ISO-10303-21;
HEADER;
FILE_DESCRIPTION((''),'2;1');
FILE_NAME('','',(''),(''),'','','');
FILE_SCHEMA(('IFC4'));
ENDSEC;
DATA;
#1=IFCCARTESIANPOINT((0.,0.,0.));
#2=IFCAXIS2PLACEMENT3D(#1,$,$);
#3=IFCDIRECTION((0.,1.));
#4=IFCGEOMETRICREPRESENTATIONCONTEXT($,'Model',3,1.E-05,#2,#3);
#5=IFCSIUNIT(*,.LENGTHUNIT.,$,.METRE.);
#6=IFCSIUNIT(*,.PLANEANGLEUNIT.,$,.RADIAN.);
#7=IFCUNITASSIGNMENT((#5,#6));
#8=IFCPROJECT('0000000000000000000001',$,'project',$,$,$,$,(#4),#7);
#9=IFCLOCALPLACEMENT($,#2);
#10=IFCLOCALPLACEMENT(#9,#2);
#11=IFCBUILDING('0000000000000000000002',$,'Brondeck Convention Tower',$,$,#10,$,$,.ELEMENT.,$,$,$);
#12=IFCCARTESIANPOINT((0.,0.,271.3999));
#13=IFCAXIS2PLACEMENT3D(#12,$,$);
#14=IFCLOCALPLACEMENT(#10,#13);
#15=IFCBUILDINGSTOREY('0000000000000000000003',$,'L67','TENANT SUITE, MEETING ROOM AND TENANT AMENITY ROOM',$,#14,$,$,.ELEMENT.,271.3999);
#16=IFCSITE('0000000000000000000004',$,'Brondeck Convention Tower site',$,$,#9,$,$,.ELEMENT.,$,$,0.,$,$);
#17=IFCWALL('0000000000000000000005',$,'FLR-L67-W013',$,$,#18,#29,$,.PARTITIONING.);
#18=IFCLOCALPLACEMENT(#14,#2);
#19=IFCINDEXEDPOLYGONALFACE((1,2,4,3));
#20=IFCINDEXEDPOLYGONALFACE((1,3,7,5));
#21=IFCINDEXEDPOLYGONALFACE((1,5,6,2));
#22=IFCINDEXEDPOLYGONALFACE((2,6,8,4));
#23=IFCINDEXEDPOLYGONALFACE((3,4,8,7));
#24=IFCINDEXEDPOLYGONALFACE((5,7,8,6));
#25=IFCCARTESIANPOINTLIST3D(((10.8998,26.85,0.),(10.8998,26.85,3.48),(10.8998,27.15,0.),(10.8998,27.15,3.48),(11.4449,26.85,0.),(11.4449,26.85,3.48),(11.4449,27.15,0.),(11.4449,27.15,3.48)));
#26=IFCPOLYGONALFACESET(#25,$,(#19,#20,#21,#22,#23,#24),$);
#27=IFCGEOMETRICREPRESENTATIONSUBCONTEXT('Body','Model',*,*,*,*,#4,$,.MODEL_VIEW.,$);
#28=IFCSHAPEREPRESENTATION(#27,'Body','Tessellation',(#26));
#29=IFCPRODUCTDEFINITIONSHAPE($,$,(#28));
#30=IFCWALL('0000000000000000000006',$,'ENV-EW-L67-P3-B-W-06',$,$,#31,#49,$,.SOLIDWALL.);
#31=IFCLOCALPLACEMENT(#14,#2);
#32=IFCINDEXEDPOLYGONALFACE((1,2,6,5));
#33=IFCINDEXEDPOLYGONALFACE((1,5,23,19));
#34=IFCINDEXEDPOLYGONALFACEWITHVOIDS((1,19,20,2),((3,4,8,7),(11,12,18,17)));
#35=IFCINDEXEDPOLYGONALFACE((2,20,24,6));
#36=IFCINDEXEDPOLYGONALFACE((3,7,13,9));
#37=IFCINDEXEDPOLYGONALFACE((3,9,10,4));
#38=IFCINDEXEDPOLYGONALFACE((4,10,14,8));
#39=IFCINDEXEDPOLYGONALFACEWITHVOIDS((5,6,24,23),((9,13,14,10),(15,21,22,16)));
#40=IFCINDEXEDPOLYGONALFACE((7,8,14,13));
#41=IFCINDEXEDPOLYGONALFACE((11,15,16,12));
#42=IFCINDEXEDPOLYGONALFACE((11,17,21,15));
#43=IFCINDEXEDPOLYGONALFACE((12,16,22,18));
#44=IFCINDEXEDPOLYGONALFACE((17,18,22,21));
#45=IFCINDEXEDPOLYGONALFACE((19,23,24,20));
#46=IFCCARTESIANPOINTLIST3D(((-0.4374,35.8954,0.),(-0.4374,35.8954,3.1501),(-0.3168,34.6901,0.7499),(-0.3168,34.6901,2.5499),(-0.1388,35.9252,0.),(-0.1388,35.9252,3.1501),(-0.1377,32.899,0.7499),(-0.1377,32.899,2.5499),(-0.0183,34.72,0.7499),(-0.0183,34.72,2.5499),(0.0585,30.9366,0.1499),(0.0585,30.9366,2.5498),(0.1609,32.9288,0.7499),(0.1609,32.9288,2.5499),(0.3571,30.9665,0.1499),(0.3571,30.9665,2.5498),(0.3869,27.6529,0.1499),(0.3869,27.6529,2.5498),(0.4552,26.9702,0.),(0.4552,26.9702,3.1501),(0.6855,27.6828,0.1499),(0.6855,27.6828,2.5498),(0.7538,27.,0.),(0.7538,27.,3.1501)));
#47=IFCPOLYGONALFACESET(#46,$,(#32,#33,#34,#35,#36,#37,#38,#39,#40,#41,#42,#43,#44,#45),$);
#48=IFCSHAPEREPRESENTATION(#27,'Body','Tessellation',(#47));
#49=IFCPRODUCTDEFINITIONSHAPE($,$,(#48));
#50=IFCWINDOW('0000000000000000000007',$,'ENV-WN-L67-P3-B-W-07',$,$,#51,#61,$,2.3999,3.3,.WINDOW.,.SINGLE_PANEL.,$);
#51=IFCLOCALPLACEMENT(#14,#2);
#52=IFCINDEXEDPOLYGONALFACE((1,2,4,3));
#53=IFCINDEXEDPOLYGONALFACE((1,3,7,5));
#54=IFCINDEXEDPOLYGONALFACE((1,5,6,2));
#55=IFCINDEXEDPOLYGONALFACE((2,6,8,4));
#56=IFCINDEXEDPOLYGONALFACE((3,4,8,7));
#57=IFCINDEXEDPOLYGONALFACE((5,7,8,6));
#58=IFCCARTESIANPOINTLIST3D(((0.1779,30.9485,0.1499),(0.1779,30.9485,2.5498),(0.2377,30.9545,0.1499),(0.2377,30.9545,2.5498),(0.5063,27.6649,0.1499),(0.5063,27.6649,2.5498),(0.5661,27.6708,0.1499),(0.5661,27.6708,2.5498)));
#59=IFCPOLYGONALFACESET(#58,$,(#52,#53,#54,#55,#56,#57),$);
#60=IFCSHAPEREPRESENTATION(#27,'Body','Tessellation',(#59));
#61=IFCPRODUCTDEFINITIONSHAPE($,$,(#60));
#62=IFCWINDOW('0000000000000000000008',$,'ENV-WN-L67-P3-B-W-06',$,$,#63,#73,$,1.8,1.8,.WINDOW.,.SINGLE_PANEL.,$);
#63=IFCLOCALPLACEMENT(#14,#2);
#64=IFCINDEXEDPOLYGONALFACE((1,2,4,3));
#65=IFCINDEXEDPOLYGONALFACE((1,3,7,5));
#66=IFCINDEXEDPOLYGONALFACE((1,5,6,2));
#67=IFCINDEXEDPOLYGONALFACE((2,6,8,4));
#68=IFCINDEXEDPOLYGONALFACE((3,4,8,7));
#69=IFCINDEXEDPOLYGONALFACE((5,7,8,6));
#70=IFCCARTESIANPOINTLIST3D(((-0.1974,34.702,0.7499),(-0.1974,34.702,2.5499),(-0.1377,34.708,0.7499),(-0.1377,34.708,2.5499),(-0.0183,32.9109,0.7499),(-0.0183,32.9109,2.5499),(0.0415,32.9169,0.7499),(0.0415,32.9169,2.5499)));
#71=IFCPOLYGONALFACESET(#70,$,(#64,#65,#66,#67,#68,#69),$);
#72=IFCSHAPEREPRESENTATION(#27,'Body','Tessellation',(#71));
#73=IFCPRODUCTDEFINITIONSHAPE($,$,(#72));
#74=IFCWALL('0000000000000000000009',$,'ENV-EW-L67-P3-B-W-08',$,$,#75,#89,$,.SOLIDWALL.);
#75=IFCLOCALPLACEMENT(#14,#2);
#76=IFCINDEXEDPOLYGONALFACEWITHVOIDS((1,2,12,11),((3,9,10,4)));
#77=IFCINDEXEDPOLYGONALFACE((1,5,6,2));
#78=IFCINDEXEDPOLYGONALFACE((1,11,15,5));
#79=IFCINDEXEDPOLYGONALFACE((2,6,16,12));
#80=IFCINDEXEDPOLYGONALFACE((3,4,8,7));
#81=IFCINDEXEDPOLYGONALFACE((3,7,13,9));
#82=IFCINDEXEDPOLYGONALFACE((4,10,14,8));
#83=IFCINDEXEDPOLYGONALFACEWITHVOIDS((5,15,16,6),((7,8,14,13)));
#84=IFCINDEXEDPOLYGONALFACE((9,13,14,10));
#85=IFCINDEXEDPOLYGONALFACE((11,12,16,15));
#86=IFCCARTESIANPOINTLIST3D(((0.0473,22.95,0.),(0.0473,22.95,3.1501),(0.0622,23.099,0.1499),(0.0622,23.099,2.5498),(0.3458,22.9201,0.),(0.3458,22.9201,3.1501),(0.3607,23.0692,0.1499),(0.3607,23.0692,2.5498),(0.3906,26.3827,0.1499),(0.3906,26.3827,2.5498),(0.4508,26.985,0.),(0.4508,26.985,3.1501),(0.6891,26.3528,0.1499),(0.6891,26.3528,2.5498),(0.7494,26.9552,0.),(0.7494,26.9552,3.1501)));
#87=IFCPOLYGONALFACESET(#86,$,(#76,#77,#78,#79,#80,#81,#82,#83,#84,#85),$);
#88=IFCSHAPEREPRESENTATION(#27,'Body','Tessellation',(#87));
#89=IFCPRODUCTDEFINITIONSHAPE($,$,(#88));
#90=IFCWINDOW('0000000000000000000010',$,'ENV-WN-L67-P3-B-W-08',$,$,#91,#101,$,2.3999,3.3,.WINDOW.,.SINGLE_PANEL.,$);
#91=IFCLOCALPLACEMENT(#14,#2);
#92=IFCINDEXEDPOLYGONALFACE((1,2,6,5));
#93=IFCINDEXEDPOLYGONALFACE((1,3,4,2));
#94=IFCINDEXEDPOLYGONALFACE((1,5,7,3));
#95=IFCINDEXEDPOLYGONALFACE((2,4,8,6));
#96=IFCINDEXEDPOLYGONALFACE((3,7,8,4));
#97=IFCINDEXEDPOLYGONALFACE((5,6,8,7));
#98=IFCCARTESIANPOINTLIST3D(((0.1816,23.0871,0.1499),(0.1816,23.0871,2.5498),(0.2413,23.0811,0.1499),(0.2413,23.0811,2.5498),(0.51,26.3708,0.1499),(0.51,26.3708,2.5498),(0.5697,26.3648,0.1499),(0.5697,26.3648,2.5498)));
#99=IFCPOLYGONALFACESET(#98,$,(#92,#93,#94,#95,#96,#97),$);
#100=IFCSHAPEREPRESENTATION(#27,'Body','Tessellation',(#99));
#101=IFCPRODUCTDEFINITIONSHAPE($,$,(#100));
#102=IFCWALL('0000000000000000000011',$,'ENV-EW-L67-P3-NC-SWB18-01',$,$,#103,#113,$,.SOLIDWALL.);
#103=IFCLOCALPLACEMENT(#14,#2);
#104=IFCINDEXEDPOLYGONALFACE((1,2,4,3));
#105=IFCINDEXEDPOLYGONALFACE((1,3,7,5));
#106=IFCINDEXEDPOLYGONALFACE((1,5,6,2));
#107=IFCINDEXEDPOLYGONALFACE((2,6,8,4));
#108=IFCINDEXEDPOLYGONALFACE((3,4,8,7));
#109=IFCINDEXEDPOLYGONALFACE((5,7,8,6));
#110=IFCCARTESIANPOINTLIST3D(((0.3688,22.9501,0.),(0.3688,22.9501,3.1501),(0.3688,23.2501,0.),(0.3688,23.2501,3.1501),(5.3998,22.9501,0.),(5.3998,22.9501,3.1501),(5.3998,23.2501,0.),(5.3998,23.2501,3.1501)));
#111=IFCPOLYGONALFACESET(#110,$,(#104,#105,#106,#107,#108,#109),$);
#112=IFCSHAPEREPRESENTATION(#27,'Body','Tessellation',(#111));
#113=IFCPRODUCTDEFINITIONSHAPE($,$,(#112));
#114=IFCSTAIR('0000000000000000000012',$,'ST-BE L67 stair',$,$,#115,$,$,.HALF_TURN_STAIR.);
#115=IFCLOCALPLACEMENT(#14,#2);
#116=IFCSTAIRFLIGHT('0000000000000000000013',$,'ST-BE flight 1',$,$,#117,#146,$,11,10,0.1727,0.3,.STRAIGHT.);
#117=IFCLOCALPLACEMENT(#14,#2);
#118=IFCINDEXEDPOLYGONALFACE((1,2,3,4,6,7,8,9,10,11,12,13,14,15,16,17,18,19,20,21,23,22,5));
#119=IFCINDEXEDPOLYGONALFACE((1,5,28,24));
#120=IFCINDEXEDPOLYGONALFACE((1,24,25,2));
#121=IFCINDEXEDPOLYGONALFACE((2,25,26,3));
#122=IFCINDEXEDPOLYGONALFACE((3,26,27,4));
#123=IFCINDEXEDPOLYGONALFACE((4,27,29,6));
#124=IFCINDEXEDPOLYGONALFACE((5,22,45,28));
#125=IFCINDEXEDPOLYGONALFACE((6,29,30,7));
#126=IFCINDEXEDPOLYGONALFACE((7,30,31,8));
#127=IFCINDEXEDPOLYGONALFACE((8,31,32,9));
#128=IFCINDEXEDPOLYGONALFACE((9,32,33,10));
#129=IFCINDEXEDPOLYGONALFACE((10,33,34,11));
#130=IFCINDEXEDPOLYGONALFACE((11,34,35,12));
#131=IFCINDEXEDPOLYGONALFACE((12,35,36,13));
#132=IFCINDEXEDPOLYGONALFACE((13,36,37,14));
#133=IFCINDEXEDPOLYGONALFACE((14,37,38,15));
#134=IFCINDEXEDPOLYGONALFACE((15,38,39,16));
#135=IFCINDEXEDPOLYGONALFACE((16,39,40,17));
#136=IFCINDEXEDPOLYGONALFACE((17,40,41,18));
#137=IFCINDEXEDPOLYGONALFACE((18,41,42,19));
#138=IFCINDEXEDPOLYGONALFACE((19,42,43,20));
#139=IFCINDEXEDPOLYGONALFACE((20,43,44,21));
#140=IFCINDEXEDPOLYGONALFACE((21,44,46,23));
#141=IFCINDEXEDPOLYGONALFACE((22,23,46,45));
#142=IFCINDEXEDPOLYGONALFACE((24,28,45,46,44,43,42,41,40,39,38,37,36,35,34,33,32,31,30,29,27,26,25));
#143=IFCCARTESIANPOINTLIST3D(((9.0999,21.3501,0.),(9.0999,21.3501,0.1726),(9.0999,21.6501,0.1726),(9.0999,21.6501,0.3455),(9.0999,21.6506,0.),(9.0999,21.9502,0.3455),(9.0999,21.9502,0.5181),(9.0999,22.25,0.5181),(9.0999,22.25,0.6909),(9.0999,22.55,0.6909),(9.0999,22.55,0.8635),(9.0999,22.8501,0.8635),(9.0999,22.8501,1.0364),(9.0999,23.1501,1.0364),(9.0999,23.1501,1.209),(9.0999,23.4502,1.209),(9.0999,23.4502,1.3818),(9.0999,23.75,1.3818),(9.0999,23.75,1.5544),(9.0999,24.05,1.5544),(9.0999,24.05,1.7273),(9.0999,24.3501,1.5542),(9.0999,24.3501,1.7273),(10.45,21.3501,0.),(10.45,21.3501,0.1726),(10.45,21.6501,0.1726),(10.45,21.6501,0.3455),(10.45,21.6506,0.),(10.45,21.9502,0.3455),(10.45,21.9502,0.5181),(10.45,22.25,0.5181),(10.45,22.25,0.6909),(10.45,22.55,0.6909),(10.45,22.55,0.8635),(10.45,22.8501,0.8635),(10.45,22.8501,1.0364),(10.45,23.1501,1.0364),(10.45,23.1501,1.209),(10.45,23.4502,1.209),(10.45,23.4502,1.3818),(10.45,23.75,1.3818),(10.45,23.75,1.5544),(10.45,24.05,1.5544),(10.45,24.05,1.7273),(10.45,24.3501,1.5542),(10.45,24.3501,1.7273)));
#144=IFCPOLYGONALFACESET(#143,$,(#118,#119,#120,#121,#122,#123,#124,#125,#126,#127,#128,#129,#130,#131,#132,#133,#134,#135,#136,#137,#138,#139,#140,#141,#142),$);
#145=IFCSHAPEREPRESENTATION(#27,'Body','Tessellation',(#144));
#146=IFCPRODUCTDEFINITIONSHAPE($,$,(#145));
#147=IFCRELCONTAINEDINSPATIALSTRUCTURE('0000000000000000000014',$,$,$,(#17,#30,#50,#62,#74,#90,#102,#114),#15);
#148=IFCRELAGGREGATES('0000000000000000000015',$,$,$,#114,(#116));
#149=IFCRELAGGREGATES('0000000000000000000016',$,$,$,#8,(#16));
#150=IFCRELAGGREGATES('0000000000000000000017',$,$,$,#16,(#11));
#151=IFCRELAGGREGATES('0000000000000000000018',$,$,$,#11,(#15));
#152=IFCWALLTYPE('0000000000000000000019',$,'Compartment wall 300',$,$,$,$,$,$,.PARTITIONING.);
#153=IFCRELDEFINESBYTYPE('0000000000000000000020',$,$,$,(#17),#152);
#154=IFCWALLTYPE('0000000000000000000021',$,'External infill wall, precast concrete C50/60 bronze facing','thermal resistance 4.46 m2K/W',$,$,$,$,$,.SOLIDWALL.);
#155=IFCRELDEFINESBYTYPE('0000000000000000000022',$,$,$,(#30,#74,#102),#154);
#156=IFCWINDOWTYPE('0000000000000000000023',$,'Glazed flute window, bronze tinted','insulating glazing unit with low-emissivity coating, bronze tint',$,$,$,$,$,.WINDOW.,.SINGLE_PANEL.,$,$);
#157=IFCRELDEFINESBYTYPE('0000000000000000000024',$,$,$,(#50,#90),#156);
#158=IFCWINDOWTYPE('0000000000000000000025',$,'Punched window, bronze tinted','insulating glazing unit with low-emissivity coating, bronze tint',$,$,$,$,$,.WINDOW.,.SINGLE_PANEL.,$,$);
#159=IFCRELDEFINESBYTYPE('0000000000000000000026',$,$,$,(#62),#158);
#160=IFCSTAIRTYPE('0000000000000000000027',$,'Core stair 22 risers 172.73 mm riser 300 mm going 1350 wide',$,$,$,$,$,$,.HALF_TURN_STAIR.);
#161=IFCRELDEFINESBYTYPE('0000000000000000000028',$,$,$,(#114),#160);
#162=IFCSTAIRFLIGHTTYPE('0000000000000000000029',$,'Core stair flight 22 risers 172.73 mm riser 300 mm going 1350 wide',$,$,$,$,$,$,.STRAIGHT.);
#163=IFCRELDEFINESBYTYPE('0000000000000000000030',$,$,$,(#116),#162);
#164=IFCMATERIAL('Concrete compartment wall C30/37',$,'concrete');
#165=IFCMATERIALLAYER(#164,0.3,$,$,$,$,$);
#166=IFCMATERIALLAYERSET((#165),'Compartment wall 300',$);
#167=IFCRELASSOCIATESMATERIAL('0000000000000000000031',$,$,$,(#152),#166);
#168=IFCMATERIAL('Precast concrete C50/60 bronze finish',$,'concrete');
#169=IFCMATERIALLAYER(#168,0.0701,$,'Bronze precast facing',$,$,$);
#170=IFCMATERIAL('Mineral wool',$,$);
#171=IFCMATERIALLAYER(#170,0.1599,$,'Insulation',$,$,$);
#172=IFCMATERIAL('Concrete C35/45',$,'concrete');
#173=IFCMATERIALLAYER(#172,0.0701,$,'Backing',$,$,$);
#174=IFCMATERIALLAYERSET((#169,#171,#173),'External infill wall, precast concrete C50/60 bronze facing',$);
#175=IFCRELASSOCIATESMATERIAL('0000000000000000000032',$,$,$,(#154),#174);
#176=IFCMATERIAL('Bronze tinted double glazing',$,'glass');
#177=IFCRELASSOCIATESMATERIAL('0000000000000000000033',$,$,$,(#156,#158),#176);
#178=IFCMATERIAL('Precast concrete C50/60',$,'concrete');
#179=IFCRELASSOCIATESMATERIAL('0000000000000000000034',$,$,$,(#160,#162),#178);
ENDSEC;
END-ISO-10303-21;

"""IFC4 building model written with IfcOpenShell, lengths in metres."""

from ifc_helpers import new_model, si_unit, direction, frame, frame_2d, origin, place, context, subcontext, project, spatial, polyline, rectangle, outline, extrude, material, layer, layer_set, type_object, element, fill, aggregate, save


model = new_model("IFC4")

# Units and contexts
model_context = context("Model", 3, precision=1e-05, world=origin(), true_north=direction((0.0, 1.0)))
body_context = subcontext(model_context, "Body", "Model", "MODEL_VIEW")
ifc_project = project(units=[si_unit("LENGTHUNIT", "METRE"), si_unit("PLANEANGLEUNIT", "RADIAN")], contexts=[model_context])

# Site, building, storey
site_placement = place(None, origin())
site = spatial("IfcSite", under=ifc_project, at=site_placement, Name="Brondeck Convention Tower site", CompositionType="ELEMENT", RefElevation=0.0)
building_placement = place(site_placement, origin())
building = spatial("IfcBuilding", under=site, at=building_placement, Name="Brondeck Convention Tower", CompositionType="ELEMENT")
storey_placement = place(building_placement, frame((0.0, 0.0, 271.3999)))
storey = spatial("IfcBuildingStorey", under=building, at=storey_placement, Name="L67", Description="TENANT SUITE, MEETING ROOM AND TENANT AMENITY ROOM", CompositionType="ELEMENT", Elevation=271.3999)

# Wall
ifc_material_1 = material(Name="Concrete compartment wall C30/37", Category="concrete")
ifc_layer_1 = layer(ifc_material_1, 0.3)
ifc_layer_set_1 = layer_set([ifc_layer_1], Name="Compartment wall 300")
wall_type_1 = type_object("IfcWallType", Name="Compartment wall 300", PredefinedType="PARTITIONING", material=ifc_layer_set_1)
wall_1_placement = place(storey_placement, frame((10.8999, 27.0, 0.0), z_axis=(0.0, 0.0, 1.0), x_axis=(1.0, 0.0, 0.0)))
element("IfcWall", 1, at=wall_1_placement, inside=storey, type_object=wall_type_1, Name="FLR-L67-W013", PredefinedType="PARTITIONING", context=body_context, shape_type="SweptSolid", body=[
    extrude(rectangle(XDim=0.5452, YDim=0.3, at=frame_2d((0.2725, 0.0))), origin(), (0.0, 0.0, 1.0), 3.48),
])

# Wall, openings, windows
ifc_material_2 = material(Name="Precast concrete C50/60 bronze finish", Category="concrete")
ifc_layer_2 = layer(ifc_material_2, 0.0701, Name="Bronze precast facing")
ifc_material_3 = material(Name="Mineral wool")
ifc_layer_3 = layer(ifc_material_3, 0.1599, Name="Insulation")
ifc_material_4 = material(Name="Concrete C35/45", Category="concrete")
ifc_layer_4 = layer(ifc_material_4, 0.0701, Name="Backing")
ifc_layer_set_2 = layer_set([ifc_layer_2, ifc_layer_3, ifc_layer_4], Name="External infill wall, precast concrete C50/60 bronze facing")
wall_type_2 = type_object("IfcWallType", Name="External infill wall, precast concrete C50/60 bronze facing", Description="thermal resistance 4.46 m2K/W", PredefinedType="SOLIDWALL", material=ifc_layer_set_2)
wall_2_placement = place(storey_placement, frame((0.6045, 26.9851, 0.0), z_axis=(0.0, 0.0, 1.0), x_axis=(-0.099509, 0.995037, 0.0)))
wall_2 = element("IfcWall", 2, at=wall_2_placement, inside=storey, type_object=wall_type_2, Name="ENV-EW-L67-P3-B-W-06", PredefinedType="SOLIDWALL", context=body_context, shape_type="SweptSolid", body=[
    extrude(rectangle(XDim=8.9697, YDim=0.3, at=frame_2d((4.4849, 0.0))), origin(), (0.0, 0.0, 1.0), 3.1501),
])
opening_1_placement = place(wall_2_placement, frame((0.6863, 0.0, 0.1499)))
opening_1 = element("IfcOpeningElement", 3, at=opening_1_placement, cuts=wall_2, PredefinedType="OPENING", context=body_context, shape_type="SweptSolid", body=[
    extrude(rectangle(XDim=3.3, YDim=2.3999, at=frame_2d((1.6499, 1.2))), frame((0.0, 0.1599, 0.0), z_axis=(0.0, -1.0, 0.0), x_axis=(1.0, 0.0, 0.0)), (0.0, 0.0, 1.0), 0.3201),
])
opening_2_placement = place(wall_2_placement, frame((5.9585, 0.0, 0.75)))
opening_2 = element("IfcOpeningElement", 4, at=opening_2_placement, cuts=wall_2, PredefinedType="OPENING", context=body_context, shape_type="SweptSolid", body=[
    extrude(rectangle(XDim=1.8, YDim=1.8, at=frame_2d((0.8999, 0.8999))), frame((0.0, 0.1599, 0.0), z_axis=(0.0, -1.0, 0.0), x_axis=(1.0, 0.0, 0.0)), (0.0, 0.0, 1.0), 0.3201),
])
ifc_material_5 = material(Name="Bronze tinted double glazing", Category="glass")
window_type_1 = type_object("IfcWindowType", Name="Glazed flute window, bronze tinted", Description="insulating glazing unit with low-emissivity coating, bronze tint", PartitioningType="SINGLE_PANEL", PredefinedType="WINDOW", material=ifc_material_5)
window_1_placement = place(opening_1_placement, origin())
window_1 = element("IfcWindow", 5, at=window_1_placement, inside=storey, type_object=window_type_1, Name="ENV-WN-L67-P3-B-W-07", OverallHeight=2.3999, OverallWidth=3.3, PartitioningType="SINGLE_PANEL", PredefinedType="WINDOW", context=body_context, shape_type="SweptSolid", body=[
    extrude(rectangle(XDim=3.3, YDim=2.3999, at=frame_2d((1.6499, 1.2))), frame((0.0, 0.03, 0.0), z_axis=(0.0, -1.0, 0.0), x_axis=(1.0, 0.0, 0.0)), (0.0, 0.0, 1.0), 0.0601),
])
fill(opening_1, window_1)
window_type_2 = type_object("IfcWindowType", Name="Punched window, bronze tinted", Description="insulating glazing unit with low-emissivity coating, bronze tint", PartitioningType="SINGLE_PANEL", PredefinedType="WINDOW", material=ifc_material_5)
window_2_placement = place(opening_2_placement, origin())
window_2 = element("IfcWindow", 6, at=window_2_placement, inside=storey, type_object=window_type_2, Name="ENV-WN-L67-P3-B-W-06", OverallHeight=1.8, OverallWidth=1.8, PartitioningType="SINGLE_PANEL", PredefinedType="WINDOW", context=body_context, shape_type="SweptSolid", body=[
    extrude(rectangle(XDim=1.8, YDim=1.8, at=frame_2d((0.8999, 0.8999))), frame((0.0, 0.03, 0.0), z_axis=(0.0, -1.0, 0.0), x_axis=(1.0, 0.0, 0.0)), (0.0, 0.0, 1.0), 0.0601),
])
fill(opening_2, window_2)

# Wall, opening, window
wall_3_placement = place(storey_placement, frame((0.1965, 22.9351, 0.0), z_axis=(0.0, 0.0, 1.0), x_axis=(0.099516, 0.995036, 0.0)))
wall_3 = element("IfcWall", 7, at=wall_3_placement, inside=storey, type_object=wall_type_2, Name="ENV-EW-L67-P3-B-W-08", PredefinedType="SOLIDWALL", context=body_context, shape_type="SweptSolid", body=[
    extrude(rectangle(XDim=4.0552, YDim=0.3, at=frame_2d((2.0276, 0.0))), origin(), (0.0, 0.0, 1.0), 3.1501),
])
opening_3_placement = place(wall_3_placement, frame((0.1499, 0.0, 0.1499)))
opening_3 = element("IfcOpeningElement", 8, at=opening_3_placement, cuts=wall_3, PredefinedType="OPENING", context=body_context, shape_type="SweptSolid", body=[
    extrude(rectangle(XDim=3.3, YDim=2.3999, at=frame_2d((1.6499, 1.2))), frame((0.0, 0.1599, 0.0), z_axis=(0.0, -1.0, 0.0), x_axis=(1.0, 0.0, 0.0)), (0.0, 0.0, 1.0), 0.3201),
])
window_3_placement = place(opening_3_placement, origin())
window_3 = element("IfcWindow", 9, at=window_3_placement, inside=storey, type_object=window_type_1, Name="ENV-WN-L67-P3-B-W-08", OverallHeight=2.3999, OverallWidth=3.3, PartitioningType="SINGLE_PANEL", PredefinedType="WINDOW", context=body_context, shape_type="SweptSolid", body=[
    extrude(rectangle(XDim=3.3, YDim=2.3999, at=frame_2d((1.6499, 1.2))), frame((0.0, 0.03, 0.0), z_axis=(0.0, -1.0, 0.0), x_axis=(1.0, 0.0, 0.0)), (0.0, 0.0, 1.0), 0.0601),
])
fill(opening_3, window_3)

# Wall
wall_4_placement = place(storey_placement, frame((5.3999, 23.1001, 0.0), z_axis=(0.0, 0.0, 1.0), x_axis=(-1.0, 0.0, 0.0)))
element("IfcWall", 10, at=wall_4_placement, inside=storey, type_object=wall_type_2, Name="ENV-EW-L67-P3-NC-SWB18-01", PredefinedType="SOLIDWALL", context=body_context, shape_type="SweptSolid", body=[
    extrude(rectangle(XDim=5.031, YDim=0.3, at=frame_2d((2.5156, 0.0))), origin(), (0.0, 0.0, 1.0), 3.1501),
])

# Stair, stair flight
ifc_material_6 = material(Name="Precast concrete C50/60", Category="concrete")
stair_type = type_object("IfcStairType", Name="Core stair 22 risers 172.73 mm riser 300 mm going 1350 wide", PredefinedType="HALF_TURN_STAIR", material=ifc_material_6)
stair_placement = place(storey_placement, origin())
stair = element("IfcStair", 11, at=stair_placement, inside=storey, type_object=stair_type, Name="ST-BE L67 stair", PredefinedType="HALF_TURN_STAIR")
stair_flight_type = type_object("IfcStairFlightType", Name="Core stair flight 22 risers 172.73 mm riser 300 mm going 1350 wide", PredefinedType="STRAIGHT", material=ifc_material_6)
stair_flight_1_placement = place(storey_placement, frame((9.7749, 21.3501, 0.0), z_axis=(0.0, 0.0, 1.0), x_axis=(0.0, 1.0, 0.0)))
stair_flight_1 = element("IfcStairFlight", 12, at=stair_flight_1_placement, type_object=stair_flight_type, Name="ST-BE flight 1", NumberOfRisers=11, NumberOfTreads=10, PredefinedType="STRAIGHT", RiserHeight=0.1727, TreadLength=0.3, context=body_context, shape_type="SweptSolid", body=[
    extrude(outline(polyline([(0.0, 0.0), (0.0, 0.1726), (0.3, 0.1726), (0.3, 0.3455), (0.6001, 0.3455), (0.6001, 0.5181), (0.8999, 0.5181), (0.8999, 0.6909), (1.2, 0.6909), (1.2, 0.8635), (1.5, 0.8635), (1.5, 1.0364), (1.8, 1.0364), (1.8, 1.209), (2.1001, 1.209), (2.1001, 1.3818), (2.3999, 1.3818), (2.3999, 1.5544), (2.7, 1.5544), (2.7, 1.7273), (3.0, 1.7273), (3.0, 1.8999), (3.0, 1.5542), (0.3005, 0.0), (0.0, 0.0)])), frame((0.0, 0.675, 0.0), z_axis=(0.0, -1.0, 0.0), x_axis=(1.0, 0.0, 0.0)), (0.0, 0.0, 1.0), 1.3501),
])
aggregate(stair, [stair_flight_1])

save(model, "model.ifc")
